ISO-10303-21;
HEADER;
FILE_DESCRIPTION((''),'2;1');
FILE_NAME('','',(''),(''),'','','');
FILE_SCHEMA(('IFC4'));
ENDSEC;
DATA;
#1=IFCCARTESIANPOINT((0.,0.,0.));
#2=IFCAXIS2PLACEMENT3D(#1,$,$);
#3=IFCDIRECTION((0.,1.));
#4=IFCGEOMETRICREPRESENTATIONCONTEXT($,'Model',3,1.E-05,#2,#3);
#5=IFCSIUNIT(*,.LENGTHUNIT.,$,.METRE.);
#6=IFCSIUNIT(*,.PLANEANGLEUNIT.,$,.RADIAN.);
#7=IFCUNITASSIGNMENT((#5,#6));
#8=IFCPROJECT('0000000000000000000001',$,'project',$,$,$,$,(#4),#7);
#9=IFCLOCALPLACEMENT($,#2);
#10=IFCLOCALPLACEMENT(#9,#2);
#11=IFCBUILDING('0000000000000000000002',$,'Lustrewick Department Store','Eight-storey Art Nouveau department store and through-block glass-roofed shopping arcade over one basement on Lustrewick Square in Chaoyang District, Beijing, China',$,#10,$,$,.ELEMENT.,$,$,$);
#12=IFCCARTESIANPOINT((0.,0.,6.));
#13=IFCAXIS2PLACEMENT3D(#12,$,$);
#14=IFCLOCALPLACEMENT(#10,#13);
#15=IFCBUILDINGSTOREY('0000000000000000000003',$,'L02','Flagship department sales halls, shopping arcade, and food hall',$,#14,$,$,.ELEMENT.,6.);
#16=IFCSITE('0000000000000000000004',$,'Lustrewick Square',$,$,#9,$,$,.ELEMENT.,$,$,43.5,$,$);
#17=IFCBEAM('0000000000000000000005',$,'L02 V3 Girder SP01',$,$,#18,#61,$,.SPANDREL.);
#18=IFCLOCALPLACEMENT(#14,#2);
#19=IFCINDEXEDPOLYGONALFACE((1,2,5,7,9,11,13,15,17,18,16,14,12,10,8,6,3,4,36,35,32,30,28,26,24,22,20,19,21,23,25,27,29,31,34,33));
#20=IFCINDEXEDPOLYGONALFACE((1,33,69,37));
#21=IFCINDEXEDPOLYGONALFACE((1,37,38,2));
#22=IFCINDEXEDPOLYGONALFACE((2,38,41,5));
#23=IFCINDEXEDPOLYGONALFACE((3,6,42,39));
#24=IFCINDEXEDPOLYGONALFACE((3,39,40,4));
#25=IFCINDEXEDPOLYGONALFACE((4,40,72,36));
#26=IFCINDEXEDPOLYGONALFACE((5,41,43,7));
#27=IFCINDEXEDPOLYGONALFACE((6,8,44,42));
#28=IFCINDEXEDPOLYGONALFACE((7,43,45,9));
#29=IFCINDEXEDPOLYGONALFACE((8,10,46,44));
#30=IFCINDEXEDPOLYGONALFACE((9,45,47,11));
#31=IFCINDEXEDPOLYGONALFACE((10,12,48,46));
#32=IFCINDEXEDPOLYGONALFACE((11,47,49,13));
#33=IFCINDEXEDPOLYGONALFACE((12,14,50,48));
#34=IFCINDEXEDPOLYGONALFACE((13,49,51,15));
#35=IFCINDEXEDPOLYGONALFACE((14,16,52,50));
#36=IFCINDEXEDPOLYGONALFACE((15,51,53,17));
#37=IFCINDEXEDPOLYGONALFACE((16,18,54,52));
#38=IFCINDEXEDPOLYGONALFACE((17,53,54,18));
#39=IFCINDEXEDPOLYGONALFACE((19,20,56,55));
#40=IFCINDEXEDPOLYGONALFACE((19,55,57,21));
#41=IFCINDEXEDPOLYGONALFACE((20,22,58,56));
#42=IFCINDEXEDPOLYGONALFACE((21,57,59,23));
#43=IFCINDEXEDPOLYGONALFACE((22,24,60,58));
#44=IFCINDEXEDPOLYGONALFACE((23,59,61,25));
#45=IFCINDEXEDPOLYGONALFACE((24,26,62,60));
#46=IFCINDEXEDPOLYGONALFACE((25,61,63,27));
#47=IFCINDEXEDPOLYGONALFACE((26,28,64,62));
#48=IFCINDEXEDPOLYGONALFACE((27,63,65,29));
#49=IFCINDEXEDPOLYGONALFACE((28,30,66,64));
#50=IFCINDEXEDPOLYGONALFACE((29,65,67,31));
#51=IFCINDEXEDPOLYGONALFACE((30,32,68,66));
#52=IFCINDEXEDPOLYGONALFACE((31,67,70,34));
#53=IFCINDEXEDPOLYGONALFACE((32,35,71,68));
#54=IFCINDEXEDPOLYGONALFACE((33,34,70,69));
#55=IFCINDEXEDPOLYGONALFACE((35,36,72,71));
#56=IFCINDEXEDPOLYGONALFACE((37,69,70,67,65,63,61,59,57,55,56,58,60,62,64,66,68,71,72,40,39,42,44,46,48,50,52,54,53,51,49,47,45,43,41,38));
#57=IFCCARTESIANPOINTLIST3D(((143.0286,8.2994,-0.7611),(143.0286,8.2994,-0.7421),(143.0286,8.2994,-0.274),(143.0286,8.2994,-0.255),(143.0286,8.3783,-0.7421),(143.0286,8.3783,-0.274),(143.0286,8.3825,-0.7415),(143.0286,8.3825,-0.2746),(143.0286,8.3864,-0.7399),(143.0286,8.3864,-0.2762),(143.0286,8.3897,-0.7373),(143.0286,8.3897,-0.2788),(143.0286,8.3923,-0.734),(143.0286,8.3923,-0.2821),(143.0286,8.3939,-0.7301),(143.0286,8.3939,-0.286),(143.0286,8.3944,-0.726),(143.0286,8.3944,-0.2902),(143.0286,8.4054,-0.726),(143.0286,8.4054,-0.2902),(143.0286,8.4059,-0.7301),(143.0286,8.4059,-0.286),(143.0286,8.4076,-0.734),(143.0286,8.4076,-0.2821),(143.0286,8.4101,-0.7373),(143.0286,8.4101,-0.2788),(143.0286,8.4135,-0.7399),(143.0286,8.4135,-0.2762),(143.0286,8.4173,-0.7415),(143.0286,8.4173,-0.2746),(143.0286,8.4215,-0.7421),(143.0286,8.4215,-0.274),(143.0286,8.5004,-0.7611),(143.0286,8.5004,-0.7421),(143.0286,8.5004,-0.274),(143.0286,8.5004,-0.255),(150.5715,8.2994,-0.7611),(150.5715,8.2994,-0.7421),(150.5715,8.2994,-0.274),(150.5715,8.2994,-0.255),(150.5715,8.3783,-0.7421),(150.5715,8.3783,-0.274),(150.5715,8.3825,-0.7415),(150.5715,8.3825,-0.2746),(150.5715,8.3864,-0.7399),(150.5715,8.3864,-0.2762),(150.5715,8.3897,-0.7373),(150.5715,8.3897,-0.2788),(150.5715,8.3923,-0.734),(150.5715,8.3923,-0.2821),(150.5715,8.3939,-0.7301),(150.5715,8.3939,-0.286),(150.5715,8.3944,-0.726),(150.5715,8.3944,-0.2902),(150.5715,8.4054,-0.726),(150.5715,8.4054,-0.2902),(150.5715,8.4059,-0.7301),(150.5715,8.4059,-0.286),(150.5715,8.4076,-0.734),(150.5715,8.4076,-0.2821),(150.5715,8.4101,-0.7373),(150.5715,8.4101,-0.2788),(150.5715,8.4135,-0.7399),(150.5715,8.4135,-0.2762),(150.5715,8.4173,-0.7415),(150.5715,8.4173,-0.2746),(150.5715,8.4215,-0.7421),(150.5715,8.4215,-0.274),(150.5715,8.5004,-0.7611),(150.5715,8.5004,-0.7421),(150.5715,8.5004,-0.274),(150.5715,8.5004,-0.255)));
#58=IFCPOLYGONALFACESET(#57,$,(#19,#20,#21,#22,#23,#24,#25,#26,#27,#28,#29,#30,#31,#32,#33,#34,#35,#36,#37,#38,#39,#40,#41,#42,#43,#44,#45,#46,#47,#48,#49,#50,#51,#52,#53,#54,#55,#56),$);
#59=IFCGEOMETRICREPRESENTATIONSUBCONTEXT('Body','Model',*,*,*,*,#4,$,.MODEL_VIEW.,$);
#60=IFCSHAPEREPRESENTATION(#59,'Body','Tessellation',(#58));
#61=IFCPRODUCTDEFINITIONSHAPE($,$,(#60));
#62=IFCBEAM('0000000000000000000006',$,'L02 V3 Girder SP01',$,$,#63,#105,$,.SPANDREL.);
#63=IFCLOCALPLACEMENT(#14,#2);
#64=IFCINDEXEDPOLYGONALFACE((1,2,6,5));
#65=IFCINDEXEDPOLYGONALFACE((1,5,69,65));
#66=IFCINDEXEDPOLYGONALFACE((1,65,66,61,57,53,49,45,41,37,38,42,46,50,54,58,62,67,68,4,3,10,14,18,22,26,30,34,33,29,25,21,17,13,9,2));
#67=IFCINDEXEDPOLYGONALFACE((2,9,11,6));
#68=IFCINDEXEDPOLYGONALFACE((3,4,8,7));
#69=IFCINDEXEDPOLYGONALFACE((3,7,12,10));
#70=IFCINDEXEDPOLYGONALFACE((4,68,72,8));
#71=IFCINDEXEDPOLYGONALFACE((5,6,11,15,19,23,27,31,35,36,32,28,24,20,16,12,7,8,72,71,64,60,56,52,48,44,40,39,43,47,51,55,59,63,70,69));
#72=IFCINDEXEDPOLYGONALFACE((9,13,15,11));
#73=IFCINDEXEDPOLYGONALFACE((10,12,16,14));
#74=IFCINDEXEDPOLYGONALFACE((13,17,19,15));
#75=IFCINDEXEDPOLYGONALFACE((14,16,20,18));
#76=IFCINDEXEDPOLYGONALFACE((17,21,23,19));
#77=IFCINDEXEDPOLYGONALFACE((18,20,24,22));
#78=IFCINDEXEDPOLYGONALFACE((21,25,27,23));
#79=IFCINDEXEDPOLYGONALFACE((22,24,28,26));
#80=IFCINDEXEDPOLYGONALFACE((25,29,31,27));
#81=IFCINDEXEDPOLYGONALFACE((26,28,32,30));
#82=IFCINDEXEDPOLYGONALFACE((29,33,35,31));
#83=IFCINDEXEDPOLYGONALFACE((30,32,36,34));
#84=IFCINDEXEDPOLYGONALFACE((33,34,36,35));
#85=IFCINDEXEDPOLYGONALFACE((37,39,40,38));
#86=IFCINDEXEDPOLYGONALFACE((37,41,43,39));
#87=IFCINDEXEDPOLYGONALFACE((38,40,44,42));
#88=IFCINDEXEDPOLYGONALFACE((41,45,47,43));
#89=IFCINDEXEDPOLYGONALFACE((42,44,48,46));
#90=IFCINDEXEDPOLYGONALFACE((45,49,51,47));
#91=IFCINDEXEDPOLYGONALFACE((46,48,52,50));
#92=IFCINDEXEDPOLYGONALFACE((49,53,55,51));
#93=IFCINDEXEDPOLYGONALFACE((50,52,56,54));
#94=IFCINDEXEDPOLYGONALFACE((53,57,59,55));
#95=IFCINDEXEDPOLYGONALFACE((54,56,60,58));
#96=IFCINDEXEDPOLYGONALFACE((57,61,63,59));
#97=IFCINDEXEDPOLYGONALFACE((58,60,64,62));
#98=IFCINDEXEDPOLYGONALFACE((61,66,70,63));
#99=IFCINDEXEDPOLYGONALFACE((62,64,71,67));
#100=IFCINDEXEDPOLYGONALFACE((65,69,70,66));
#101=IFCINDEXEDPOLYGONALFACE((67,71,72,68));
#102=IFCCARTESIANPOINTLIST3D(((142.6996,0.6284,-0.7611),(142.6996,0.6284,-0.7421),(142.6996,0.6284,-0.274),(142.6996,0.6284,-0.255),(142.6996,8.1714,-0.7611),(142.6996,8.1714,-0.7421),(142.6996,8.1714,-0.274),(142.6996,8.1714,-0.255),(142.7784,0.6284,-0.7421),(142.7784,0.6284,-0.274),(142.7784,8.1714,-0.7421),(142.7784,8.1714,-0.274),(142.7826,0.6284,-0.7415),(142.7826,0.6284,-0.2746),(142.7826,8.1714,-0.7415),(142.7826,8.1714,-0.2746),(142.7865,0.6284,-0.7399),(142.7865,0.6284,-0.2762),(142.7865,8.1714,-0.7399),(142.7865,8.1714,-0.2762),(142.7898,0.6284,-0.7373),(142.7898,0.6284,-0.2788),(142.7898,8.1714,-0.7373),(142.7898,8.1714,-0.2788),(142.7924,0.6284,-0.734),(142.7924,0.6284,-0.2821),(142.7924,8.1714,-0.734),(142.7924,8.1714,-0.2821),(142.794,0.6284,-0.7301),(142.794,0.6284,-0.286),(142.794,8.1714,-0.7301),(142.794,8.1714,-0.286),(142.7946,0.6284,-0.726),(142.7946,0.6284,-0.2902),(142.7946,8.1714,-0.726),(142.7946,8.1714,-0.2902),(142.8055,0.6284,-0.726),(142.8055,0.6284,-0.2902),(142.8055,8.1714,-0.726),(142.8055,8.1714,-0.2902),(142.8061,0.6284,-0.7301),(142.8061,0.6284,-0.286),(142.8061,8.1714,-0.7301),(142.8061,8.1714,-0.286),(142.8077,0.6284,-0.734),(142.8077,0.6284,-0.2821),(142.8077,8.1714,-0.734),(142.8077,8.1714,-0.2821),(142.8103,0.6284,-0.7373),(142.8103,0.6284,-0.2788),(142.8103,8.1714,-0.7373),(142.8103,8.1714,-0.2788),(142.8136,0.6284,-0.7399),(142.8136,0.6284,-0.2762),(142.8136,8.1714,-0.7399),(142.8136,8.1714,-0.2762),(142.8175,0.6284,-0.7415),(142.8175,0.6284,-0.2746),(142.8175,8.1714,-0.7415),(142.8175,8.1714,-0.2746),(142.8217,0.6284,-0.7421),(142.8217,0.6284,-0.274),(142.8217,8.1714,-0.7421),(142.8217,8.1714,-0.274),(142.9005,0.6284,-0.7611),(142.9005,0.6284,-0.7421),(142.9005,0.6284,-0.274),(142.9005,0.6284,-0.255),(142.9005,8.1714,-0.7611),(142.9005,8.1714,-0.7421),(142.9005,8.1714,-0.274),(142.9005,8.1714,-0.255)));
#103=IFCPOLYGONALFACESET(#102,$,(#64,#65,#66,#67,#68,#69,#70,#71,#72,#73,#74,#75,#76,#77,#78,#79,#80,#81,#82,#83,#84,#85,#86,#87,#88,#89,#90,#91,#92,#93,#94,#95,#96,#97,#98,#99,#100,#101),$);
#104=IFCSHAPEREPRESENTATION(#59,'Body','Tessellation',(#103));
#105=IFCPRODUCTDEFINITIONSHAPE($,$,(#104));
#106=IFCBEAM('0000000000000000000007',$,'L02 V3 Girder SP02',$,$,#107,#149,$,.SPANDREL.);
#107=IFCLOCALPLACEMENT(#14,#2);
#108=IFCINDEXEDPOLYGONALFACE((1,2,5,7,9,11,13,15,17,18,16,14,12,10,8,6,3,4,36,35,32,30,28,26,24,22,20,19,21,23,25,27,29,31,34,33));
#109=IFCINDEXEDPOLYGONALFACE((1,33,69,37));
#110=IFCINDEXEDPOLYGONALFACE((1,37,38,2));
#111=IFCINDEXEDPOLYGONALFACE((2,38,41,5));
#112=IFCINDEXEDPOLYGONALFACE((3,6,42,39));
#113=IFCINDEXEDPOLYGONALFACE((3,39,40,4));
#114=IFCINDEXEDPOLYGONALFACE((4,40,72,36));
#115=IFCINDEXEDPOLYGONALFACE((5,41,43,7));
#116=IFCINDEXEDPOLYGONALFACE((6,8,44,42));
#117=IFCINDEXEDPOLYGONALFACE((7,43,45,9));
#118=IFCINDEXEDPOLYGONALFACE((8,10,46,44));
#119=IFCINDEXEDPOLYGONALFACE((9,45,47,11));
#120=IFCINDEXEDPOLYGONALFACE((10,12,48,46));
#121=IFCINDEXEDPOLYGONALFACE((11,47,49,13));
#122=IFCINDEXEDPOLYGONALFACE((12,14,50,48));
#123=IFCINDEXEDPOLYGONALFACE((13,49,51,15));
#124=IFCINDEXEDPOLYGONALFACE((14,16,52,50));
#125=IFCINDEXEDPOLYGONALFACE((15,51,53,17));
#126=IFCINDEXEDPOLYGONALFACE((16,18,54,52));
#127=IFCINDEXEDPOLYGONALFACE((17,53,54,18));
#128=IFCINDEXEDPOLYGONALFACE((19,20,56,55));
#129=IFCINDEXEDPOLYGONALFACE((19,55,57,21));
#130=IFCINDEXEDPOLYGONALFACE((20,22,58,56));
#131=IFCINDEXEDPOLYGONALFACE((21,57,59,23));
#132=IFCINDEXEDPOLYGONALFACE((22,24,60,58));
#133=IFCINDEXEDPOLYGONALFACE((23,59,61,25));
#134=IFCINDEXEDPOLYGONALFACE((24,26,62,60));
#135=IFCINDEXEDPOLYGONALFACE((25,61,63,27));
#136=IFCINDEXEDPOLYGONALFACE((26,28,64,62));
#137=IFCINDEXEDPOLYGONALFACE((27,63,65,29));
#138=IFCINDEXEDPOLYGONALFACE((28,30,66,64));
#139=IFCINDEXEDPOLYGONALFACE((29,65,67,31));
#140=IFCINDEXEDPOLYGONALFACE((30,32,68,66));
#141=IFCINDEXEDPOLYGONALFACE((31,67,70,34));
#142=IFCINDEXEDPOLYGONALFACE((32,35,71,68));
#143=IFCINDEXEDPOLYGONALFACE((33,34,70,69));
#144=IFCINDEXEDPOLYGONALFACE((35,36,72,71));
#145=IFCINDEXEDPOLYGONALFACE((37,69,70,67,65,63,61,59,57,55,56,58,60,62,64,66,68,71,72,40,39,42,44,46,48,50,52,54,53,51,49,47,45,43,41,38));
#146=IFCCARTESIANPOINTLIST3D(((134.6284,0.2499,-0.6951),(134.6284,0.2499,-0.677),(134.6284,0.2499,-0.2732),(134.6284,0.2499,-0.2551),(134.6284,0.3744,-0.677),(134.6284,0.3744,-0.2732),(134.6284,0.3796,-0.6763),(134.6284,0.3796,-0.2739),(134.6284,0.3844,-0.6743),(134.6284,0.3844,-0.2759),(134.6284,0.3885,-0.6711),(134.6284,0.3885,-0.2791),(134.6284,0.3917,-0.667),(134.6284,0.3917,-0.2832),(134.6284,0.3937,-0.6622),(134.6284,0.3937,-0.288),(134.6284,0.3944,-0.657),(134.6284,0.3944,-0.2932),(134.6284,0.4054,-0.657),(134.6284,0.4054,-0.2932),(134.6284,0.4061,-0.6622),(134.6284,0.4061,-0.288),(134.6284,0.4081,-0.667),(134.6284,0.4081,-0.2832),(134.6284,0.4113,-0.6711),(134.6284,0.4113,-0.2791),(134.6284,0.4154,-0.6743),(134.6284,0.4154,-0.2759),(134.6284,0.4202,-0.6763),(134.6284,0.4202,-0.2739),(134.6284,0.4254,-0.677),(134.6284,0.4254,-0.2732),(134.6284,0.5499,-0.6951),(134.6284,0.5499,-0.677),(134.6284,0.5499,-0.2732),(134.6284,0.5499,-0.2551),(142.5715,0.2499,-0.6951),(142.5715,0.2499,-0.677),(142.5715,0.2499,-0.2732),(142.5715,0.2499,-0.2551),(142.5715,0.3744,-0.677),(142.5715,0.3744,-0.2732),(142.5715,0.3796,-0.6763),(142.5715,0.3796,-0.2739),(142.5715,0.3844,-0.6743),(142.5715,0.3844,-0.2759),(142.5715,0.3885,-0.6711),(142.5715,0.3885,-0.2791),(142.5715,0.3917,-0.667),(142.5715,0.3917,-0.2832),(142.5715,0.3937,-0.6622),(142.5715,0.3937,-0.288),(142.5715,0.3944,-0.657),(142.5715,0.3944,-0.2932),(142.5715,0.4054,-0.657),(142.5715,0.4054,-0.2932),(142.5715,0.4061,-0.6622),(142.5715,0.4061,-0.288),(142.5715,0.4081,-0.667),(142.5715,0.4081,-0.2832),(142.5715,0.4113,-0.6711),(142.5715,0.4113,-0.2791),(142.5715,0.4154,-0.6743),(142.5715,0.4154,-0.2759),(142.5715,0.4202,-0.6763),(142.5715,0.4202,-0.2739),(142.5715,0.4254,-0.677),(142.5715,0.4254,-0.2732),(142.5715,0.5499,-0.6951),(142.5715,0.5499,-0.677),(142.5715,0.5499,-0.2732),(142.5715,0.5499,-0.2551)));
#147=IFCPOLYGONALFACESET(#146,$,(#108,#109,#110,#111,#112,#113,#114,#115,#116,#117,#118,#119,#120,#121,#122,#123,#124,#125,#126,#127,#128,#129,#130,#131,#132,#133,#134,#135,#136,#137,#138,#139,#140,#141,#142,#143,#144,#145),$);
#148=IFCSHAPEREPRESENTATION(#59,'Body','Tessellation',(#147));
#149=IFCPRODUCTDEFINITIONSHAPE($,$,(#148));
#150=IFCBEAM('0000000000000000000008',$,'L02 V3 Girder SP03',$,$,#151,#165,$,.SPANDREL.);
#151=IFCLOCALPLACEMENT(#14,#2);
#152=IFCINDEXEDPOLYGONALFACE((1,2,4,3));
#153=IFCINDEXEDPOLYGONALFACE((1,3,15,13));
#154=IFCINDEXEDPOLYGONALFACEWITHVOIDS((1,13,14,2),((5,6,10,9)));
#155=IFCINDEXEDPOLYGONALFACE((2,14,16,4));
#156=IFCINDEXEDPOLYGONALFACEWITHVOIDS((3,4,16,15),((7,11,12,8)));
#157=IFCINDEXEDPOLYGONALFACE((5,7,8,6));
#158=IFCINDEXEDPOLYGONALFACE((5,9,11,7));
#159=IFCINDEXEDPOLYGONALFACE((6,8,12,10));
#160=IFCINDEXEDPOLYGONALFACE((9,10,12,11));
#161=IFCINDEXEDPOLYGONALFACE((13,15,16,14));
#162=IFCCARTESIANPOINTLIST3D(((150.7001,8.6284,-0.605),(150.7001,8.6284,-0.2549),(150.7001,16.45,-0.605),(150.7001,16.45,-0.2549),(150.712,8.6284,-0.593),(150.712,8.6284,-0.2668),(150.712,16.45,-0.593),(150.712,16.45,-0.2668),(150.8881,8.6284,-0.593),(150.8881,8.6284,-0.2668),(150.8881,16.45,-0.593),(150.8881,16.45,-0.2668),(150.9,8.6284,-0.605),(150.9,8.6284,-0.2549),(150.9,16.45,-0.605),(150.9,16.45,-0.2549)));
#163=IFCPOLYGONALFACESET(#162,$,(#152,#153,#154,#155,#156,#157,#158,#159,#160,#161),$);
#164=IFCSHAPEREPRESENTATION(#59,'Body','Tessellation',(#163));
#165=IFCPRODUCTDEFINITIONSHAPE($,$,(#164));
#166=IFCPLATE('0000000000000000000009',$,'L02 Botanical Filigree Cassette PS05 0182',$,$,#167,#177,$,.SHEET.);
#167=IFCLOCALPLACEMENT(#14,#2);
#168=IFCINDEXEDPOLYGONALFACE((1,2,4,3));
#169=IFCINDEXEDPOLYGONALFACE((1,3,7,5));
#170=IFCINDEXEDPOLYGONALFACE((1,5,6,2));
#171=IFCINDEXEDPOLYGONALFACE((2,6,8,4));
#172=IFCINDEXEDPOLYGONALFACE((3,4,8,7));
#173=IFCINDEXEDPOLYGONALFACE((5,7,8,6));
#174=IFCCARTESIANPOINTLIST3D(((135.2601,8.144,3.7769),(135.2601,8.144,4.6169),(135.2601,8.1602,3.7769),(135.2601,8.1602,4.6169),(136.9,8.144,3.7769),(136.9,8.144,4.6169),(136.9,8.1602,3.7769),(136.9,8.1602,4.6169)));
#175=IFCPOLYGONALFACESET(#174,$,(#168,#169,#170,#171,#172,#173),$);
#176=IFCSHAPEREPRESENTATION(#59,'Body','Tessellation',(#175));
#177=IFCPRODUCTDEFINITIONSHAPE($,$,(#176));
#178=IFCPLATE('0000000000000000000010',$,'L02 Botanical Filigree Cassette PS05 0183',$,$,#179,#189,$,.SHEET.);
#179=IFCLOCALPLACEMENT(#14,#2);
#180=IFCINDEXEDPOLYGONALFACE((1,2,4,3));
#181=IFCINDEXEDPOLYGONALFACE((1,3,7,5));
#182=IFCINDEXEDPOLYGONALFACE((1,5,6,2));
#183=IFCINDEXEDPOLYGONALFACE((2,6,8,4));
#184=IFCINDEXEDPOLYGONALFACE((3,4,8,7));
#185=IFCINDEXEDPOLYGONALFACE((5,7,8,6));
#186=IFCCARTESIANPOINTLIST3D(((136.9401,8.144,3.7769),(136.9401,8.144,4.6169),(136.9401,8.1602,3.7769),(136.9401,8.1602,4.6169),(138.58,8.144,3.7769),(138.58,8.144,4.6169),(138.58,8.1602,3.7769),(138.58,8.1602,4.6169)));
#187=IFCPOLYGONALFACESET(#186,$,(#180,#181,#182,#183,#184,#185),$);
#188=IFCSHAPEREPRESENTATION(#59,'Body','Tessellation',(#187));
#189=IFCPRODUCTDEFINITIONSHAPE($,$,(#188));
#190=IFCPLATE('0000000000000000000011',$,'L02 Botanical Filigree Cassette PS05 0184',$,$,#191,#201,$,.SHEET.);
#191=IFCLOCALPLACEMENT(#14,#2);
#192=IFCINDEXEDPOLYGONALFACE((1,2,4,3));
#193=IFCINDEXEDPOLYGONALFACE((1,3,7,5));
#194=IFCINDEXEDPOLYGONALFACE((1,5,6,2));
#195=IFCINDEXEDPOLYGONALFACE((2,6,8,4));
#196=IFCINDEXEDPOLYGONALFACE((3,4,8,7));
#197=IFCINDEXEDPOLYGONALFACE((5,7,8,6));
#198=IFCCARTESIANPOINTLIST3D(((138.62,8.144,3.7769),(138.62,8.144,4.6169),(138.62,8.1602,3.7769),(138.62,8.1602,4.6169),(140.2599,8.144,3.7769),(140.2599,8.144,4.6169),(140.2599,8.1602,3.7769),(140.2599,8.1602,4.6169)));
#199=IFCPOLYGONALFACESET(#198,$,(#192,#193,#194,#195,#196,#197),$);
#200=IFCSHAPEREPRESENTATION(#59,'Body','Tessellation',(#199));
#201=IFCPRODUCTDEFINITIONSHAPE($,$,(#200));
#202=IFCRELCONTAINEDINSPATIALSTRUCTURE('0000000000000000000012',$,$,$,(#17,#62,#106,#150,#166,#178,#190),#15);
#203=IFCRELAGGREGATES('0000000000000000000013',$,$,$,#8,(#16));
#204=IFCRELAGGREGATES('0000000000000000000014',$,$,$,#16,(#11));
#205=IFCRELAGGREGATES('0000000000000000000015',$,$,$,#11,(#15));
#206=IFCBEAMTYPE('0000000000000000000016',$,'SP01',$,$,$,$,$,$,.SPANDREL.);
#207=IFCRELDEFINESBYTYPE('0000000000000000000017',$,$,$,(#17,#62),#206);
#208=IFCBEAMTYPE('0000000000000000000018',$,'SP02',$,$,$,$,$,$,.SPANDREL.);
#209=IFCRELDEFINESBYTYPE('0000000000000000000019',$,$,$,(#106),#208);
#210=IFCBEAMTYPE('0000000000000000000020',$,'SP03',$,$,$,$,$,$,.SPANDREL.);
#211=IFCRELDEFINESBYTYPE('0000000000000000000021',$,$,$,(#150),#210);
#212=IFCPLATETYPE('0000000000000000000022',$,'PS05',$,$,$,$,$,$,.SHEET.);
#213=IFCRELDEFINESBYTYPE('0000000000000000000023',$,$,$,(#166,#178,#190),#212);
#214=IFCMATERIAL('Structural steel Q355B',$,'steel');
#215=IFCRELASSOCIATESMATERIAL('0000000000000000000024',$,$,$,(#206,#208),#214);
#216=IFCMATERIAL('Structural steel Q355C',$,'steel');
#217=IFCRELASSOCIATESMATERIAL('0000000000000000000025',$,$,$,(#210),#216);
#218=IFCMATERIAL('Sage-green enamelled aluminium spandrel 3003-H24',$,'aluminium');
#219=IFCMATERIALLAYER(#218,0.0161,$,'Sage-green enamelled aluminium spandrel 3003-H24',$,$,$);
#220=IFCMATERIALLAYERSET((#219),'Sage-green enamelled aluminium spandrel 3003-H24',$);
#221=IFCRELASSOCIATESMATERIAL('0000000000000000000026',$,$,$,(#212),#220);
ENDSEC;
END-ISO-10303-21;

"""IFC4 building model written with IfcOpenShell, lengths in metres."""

from ifc_helpers import new_model, si_unit, direction, frame, origin, origin_2d, place, context, subcontext, project, spatial, rectangle, hollow_rectangle, i_section, extrude, material, layer, layer_set, material_profile, profile_set, type_object, element, save


model = new_model("IFC4")

# Units and contexts
model_context = context("Model", 3, precision=1e-05, world=origin(), true_north=direction((0.0, 1.0)))
body_context = subcontext(model_context, "Body", "Model", "MODEL_VIEW")
ifc_project = project(units=[si_unit("LENGTHUNIT", "METRE"), si_unit("PLANEANGLEUNIT", "RADIAN")], contexts=[model_context])

# Site, building, storey
site_placement = place(None, origin())
site = spatial("IfcSite", under=ifc_project, at=site_placement, Name="Lustrewick Square", CompositionType="ELEMENT", RefElevation=43.5)
building_placement = place(site_placement, origin())
building = spatial("IfcBuilding", under=site, at=building_placement, Name="Lustrewick Department Store", Description="Eight-storey Art Nouveau department store and through-block glass-roofed shopping arcade over one basement on Lustrewick Square in Chaoyang District, Beijing, China", CompositionType="ELEMENT")
storey_placement = place(building_placement, frame((0.0, 0.0, 6.0)))
storey = spatial("IfcBuildingStorey", under=building, at=storey_placement, Name="L02", Description="Flagship department sales halls, shopping arcade, and food hall", CompositionType="ELEMENT", Elevation=6.0)

# Shared definitions
ifc_material_1 = material(Name="Structural steel Q355B", Category="steel")

# Beams
ifc_material_profile_1 = material_profile(ifc_material_1, i_section(OverallWidth=0.2009, OverallDepth=0.5061, WebThickness=0.011, FlangeThickness=0.019, FilletRadius=0.0161, at=origin_2d()), Name="HN 506x201x11x19")
ifc_profile_set_1 = profile_set([ifc_material_profile_1], Name="Structural steel Q355B")
beam_type_1 = type_object("IfcBeamType", Name="SP01", PredefinedType="SPANDREL", material=ifc_profile_set_1)
for number, where, z_axis, x_axis, name in (
    (1, (143.0286, 8.3999, -0.5081), (1.0, 0.0, 0.0), (0.0, 1.0, 0.0), "L02 V3 Girder SP01"),
    (2, (142.8, 0.6284, -0.5081), (0.0, 1.0, 0.0), (-1.0, 0.0, 0.0), "L02 V3 Girder SP01"),
):
    element("IfcBeam", number, at=place(storey_placement, frame(where, z_axis=z_axis, x_axis=x_axis)), inside=storey, type_object=beam_type_1, Name=name, PredefinedType="SPANDREL", context=body_context, shape_type="SweptSolid", body=[
        extrude(i_section(OverallWidth=0.2009, OverallDepth=0.5061, WebThickness=0.011, FlangeThickness=0.019, FilletRadius=0.0161, at=origin_2d()), origin(), (0.0, 0.0, 1.0), 7.543),
    ])
ifc_material_profile_2 = material_profile(ifc_material_1, i_section(OverallWidth=0.3, OverallDepth=0.4399, WebThickness=0.011, FlangeThickness=0.0181, FilletRadius=0.02, at=origin_2d()), Name="HM 440x300x11x18")
ifc_profile_set_2 = profile_set([ifc_material_profile_2], Name="Structural steel Q355B")
beam_type_2 = type_object("IfcBeamType", Name="SP02", PredefinedType="SPANDREL", material=ifc_profile_set_2)
beam_1_placement = place(storey_placement, frame((134.6284, 0.3999, -0.4751), z_axis=(1.0, 0.0, 0.0), x_axis=(0.0, 1.0, 0.0)))
element("IfcBeam", 3, at=beam_1_placement, inside=storey, type_object=beam_type_2, Name="L02 V3 Girder SP02", PredefinedType="SPANDREL", context=body_context, shape_type="SweptSolid", body=[
    extrude(i_section(OverallWidth=0.3, OverallDepth=0.4399, WebThickness=0.011, FlangeThickness=0.0181, FilletRadius=0.02, at=origin_2d()), origin(), (0.0, 0.0, 1.0), 7.9431),
])
ifc_material_2 = material(Name="Structural steel Q355C", Category="steel")
ifc_material_profile_3 = material_profile(ifc_material_2, hollow_rectangle(XDim=0.2, YDim=0.3501, WallThickness=0.012, at=origin_2d()), Name="RHS 350x200x12")
ifc_profile_set_3 = profile_set([ifc_material_profile_3], Name="Structural steel Q355C")
beam_type_3 = type_object("IfcBeamType", Name="SP03", PredefinedType="SPANDREL", material=ifc_profile_set_3)
beam_2_placement = place(storey_placement, frame((150.8, 8.6284, -0.4299), z_axis=(0.0, 1.0, 0.0), x_axis=(-1.0, 0.0, 0.0)))
element("IfcBeam", 4, at=beam_2_placement, inside=storey, type_object=beam_type_3, Name="L02 V3 Girder SP03", PredefinedType="SPANDREL", context=body_context, shape_type="SweptSolid", body=[
    extrude(hollow_rectangle(XDim=0.2, YDim=0.3501, WallThickness=0.012, at=origin_2d()), origin(), (0.0, 0.0, 1.0), 7.8215),
])

# Plates
ifc_material_3 = material(Name="Sage-green enamelled aluminium spandrel 3003-H24", Category="aluminium")
ifc_layer_1 = layer(ifc_material_3, 0.0161, Name="Sage-green enamelled aluminium spandrel 3003-H24")
ifc_layer_set_1 = layer_set([ifc_layer_1], Name="Sage-green enamelled aluminium spandrel 3003-H24")
plate_type = type_object("IfcPlateType", Name="PS05", PredefinedType="SHEET", material=ifc_layer_set_1)
for number, where, z_axis, x_axis, name in (
    (5, (136.0801, 8.1521, 3.7769), (0.0, 0.0, 1.0), (1.0, 0.0, 0.0), "L02 Botanical Filigree Cassette PS05 0182"),
    (6, (137.76, 8.1521, 3.7769), (0.0, 0.0, 1.0), (1.0, 0.0, 0.0), "L02 Botanical Filigree Cassette PS05 0183"),
    (7, (139.4399, 8.1521, 3.7769), (0.0, 0.0, 1.0), (1.0, 0.0, 0.0), "L02 Botanical Filigree Cassette PS05 0184"),
):
    element("IfcPlate", number, at=place(storey_placement, frame(where, z_axis=z_axis, x_axis=x_axis)), inside=storey, type_object=plate_type, Name=name, PredefinedType="SHEET", context=body_context, shape_type="SweptSolid", body=[
        extrude(rectangle(XDim=1.6399, YDim=0.0161, at=origin_2d()), origin(), (0.0, 0.0, 1.0), 0.8401),
    ])

save(model, "model.ifc")
